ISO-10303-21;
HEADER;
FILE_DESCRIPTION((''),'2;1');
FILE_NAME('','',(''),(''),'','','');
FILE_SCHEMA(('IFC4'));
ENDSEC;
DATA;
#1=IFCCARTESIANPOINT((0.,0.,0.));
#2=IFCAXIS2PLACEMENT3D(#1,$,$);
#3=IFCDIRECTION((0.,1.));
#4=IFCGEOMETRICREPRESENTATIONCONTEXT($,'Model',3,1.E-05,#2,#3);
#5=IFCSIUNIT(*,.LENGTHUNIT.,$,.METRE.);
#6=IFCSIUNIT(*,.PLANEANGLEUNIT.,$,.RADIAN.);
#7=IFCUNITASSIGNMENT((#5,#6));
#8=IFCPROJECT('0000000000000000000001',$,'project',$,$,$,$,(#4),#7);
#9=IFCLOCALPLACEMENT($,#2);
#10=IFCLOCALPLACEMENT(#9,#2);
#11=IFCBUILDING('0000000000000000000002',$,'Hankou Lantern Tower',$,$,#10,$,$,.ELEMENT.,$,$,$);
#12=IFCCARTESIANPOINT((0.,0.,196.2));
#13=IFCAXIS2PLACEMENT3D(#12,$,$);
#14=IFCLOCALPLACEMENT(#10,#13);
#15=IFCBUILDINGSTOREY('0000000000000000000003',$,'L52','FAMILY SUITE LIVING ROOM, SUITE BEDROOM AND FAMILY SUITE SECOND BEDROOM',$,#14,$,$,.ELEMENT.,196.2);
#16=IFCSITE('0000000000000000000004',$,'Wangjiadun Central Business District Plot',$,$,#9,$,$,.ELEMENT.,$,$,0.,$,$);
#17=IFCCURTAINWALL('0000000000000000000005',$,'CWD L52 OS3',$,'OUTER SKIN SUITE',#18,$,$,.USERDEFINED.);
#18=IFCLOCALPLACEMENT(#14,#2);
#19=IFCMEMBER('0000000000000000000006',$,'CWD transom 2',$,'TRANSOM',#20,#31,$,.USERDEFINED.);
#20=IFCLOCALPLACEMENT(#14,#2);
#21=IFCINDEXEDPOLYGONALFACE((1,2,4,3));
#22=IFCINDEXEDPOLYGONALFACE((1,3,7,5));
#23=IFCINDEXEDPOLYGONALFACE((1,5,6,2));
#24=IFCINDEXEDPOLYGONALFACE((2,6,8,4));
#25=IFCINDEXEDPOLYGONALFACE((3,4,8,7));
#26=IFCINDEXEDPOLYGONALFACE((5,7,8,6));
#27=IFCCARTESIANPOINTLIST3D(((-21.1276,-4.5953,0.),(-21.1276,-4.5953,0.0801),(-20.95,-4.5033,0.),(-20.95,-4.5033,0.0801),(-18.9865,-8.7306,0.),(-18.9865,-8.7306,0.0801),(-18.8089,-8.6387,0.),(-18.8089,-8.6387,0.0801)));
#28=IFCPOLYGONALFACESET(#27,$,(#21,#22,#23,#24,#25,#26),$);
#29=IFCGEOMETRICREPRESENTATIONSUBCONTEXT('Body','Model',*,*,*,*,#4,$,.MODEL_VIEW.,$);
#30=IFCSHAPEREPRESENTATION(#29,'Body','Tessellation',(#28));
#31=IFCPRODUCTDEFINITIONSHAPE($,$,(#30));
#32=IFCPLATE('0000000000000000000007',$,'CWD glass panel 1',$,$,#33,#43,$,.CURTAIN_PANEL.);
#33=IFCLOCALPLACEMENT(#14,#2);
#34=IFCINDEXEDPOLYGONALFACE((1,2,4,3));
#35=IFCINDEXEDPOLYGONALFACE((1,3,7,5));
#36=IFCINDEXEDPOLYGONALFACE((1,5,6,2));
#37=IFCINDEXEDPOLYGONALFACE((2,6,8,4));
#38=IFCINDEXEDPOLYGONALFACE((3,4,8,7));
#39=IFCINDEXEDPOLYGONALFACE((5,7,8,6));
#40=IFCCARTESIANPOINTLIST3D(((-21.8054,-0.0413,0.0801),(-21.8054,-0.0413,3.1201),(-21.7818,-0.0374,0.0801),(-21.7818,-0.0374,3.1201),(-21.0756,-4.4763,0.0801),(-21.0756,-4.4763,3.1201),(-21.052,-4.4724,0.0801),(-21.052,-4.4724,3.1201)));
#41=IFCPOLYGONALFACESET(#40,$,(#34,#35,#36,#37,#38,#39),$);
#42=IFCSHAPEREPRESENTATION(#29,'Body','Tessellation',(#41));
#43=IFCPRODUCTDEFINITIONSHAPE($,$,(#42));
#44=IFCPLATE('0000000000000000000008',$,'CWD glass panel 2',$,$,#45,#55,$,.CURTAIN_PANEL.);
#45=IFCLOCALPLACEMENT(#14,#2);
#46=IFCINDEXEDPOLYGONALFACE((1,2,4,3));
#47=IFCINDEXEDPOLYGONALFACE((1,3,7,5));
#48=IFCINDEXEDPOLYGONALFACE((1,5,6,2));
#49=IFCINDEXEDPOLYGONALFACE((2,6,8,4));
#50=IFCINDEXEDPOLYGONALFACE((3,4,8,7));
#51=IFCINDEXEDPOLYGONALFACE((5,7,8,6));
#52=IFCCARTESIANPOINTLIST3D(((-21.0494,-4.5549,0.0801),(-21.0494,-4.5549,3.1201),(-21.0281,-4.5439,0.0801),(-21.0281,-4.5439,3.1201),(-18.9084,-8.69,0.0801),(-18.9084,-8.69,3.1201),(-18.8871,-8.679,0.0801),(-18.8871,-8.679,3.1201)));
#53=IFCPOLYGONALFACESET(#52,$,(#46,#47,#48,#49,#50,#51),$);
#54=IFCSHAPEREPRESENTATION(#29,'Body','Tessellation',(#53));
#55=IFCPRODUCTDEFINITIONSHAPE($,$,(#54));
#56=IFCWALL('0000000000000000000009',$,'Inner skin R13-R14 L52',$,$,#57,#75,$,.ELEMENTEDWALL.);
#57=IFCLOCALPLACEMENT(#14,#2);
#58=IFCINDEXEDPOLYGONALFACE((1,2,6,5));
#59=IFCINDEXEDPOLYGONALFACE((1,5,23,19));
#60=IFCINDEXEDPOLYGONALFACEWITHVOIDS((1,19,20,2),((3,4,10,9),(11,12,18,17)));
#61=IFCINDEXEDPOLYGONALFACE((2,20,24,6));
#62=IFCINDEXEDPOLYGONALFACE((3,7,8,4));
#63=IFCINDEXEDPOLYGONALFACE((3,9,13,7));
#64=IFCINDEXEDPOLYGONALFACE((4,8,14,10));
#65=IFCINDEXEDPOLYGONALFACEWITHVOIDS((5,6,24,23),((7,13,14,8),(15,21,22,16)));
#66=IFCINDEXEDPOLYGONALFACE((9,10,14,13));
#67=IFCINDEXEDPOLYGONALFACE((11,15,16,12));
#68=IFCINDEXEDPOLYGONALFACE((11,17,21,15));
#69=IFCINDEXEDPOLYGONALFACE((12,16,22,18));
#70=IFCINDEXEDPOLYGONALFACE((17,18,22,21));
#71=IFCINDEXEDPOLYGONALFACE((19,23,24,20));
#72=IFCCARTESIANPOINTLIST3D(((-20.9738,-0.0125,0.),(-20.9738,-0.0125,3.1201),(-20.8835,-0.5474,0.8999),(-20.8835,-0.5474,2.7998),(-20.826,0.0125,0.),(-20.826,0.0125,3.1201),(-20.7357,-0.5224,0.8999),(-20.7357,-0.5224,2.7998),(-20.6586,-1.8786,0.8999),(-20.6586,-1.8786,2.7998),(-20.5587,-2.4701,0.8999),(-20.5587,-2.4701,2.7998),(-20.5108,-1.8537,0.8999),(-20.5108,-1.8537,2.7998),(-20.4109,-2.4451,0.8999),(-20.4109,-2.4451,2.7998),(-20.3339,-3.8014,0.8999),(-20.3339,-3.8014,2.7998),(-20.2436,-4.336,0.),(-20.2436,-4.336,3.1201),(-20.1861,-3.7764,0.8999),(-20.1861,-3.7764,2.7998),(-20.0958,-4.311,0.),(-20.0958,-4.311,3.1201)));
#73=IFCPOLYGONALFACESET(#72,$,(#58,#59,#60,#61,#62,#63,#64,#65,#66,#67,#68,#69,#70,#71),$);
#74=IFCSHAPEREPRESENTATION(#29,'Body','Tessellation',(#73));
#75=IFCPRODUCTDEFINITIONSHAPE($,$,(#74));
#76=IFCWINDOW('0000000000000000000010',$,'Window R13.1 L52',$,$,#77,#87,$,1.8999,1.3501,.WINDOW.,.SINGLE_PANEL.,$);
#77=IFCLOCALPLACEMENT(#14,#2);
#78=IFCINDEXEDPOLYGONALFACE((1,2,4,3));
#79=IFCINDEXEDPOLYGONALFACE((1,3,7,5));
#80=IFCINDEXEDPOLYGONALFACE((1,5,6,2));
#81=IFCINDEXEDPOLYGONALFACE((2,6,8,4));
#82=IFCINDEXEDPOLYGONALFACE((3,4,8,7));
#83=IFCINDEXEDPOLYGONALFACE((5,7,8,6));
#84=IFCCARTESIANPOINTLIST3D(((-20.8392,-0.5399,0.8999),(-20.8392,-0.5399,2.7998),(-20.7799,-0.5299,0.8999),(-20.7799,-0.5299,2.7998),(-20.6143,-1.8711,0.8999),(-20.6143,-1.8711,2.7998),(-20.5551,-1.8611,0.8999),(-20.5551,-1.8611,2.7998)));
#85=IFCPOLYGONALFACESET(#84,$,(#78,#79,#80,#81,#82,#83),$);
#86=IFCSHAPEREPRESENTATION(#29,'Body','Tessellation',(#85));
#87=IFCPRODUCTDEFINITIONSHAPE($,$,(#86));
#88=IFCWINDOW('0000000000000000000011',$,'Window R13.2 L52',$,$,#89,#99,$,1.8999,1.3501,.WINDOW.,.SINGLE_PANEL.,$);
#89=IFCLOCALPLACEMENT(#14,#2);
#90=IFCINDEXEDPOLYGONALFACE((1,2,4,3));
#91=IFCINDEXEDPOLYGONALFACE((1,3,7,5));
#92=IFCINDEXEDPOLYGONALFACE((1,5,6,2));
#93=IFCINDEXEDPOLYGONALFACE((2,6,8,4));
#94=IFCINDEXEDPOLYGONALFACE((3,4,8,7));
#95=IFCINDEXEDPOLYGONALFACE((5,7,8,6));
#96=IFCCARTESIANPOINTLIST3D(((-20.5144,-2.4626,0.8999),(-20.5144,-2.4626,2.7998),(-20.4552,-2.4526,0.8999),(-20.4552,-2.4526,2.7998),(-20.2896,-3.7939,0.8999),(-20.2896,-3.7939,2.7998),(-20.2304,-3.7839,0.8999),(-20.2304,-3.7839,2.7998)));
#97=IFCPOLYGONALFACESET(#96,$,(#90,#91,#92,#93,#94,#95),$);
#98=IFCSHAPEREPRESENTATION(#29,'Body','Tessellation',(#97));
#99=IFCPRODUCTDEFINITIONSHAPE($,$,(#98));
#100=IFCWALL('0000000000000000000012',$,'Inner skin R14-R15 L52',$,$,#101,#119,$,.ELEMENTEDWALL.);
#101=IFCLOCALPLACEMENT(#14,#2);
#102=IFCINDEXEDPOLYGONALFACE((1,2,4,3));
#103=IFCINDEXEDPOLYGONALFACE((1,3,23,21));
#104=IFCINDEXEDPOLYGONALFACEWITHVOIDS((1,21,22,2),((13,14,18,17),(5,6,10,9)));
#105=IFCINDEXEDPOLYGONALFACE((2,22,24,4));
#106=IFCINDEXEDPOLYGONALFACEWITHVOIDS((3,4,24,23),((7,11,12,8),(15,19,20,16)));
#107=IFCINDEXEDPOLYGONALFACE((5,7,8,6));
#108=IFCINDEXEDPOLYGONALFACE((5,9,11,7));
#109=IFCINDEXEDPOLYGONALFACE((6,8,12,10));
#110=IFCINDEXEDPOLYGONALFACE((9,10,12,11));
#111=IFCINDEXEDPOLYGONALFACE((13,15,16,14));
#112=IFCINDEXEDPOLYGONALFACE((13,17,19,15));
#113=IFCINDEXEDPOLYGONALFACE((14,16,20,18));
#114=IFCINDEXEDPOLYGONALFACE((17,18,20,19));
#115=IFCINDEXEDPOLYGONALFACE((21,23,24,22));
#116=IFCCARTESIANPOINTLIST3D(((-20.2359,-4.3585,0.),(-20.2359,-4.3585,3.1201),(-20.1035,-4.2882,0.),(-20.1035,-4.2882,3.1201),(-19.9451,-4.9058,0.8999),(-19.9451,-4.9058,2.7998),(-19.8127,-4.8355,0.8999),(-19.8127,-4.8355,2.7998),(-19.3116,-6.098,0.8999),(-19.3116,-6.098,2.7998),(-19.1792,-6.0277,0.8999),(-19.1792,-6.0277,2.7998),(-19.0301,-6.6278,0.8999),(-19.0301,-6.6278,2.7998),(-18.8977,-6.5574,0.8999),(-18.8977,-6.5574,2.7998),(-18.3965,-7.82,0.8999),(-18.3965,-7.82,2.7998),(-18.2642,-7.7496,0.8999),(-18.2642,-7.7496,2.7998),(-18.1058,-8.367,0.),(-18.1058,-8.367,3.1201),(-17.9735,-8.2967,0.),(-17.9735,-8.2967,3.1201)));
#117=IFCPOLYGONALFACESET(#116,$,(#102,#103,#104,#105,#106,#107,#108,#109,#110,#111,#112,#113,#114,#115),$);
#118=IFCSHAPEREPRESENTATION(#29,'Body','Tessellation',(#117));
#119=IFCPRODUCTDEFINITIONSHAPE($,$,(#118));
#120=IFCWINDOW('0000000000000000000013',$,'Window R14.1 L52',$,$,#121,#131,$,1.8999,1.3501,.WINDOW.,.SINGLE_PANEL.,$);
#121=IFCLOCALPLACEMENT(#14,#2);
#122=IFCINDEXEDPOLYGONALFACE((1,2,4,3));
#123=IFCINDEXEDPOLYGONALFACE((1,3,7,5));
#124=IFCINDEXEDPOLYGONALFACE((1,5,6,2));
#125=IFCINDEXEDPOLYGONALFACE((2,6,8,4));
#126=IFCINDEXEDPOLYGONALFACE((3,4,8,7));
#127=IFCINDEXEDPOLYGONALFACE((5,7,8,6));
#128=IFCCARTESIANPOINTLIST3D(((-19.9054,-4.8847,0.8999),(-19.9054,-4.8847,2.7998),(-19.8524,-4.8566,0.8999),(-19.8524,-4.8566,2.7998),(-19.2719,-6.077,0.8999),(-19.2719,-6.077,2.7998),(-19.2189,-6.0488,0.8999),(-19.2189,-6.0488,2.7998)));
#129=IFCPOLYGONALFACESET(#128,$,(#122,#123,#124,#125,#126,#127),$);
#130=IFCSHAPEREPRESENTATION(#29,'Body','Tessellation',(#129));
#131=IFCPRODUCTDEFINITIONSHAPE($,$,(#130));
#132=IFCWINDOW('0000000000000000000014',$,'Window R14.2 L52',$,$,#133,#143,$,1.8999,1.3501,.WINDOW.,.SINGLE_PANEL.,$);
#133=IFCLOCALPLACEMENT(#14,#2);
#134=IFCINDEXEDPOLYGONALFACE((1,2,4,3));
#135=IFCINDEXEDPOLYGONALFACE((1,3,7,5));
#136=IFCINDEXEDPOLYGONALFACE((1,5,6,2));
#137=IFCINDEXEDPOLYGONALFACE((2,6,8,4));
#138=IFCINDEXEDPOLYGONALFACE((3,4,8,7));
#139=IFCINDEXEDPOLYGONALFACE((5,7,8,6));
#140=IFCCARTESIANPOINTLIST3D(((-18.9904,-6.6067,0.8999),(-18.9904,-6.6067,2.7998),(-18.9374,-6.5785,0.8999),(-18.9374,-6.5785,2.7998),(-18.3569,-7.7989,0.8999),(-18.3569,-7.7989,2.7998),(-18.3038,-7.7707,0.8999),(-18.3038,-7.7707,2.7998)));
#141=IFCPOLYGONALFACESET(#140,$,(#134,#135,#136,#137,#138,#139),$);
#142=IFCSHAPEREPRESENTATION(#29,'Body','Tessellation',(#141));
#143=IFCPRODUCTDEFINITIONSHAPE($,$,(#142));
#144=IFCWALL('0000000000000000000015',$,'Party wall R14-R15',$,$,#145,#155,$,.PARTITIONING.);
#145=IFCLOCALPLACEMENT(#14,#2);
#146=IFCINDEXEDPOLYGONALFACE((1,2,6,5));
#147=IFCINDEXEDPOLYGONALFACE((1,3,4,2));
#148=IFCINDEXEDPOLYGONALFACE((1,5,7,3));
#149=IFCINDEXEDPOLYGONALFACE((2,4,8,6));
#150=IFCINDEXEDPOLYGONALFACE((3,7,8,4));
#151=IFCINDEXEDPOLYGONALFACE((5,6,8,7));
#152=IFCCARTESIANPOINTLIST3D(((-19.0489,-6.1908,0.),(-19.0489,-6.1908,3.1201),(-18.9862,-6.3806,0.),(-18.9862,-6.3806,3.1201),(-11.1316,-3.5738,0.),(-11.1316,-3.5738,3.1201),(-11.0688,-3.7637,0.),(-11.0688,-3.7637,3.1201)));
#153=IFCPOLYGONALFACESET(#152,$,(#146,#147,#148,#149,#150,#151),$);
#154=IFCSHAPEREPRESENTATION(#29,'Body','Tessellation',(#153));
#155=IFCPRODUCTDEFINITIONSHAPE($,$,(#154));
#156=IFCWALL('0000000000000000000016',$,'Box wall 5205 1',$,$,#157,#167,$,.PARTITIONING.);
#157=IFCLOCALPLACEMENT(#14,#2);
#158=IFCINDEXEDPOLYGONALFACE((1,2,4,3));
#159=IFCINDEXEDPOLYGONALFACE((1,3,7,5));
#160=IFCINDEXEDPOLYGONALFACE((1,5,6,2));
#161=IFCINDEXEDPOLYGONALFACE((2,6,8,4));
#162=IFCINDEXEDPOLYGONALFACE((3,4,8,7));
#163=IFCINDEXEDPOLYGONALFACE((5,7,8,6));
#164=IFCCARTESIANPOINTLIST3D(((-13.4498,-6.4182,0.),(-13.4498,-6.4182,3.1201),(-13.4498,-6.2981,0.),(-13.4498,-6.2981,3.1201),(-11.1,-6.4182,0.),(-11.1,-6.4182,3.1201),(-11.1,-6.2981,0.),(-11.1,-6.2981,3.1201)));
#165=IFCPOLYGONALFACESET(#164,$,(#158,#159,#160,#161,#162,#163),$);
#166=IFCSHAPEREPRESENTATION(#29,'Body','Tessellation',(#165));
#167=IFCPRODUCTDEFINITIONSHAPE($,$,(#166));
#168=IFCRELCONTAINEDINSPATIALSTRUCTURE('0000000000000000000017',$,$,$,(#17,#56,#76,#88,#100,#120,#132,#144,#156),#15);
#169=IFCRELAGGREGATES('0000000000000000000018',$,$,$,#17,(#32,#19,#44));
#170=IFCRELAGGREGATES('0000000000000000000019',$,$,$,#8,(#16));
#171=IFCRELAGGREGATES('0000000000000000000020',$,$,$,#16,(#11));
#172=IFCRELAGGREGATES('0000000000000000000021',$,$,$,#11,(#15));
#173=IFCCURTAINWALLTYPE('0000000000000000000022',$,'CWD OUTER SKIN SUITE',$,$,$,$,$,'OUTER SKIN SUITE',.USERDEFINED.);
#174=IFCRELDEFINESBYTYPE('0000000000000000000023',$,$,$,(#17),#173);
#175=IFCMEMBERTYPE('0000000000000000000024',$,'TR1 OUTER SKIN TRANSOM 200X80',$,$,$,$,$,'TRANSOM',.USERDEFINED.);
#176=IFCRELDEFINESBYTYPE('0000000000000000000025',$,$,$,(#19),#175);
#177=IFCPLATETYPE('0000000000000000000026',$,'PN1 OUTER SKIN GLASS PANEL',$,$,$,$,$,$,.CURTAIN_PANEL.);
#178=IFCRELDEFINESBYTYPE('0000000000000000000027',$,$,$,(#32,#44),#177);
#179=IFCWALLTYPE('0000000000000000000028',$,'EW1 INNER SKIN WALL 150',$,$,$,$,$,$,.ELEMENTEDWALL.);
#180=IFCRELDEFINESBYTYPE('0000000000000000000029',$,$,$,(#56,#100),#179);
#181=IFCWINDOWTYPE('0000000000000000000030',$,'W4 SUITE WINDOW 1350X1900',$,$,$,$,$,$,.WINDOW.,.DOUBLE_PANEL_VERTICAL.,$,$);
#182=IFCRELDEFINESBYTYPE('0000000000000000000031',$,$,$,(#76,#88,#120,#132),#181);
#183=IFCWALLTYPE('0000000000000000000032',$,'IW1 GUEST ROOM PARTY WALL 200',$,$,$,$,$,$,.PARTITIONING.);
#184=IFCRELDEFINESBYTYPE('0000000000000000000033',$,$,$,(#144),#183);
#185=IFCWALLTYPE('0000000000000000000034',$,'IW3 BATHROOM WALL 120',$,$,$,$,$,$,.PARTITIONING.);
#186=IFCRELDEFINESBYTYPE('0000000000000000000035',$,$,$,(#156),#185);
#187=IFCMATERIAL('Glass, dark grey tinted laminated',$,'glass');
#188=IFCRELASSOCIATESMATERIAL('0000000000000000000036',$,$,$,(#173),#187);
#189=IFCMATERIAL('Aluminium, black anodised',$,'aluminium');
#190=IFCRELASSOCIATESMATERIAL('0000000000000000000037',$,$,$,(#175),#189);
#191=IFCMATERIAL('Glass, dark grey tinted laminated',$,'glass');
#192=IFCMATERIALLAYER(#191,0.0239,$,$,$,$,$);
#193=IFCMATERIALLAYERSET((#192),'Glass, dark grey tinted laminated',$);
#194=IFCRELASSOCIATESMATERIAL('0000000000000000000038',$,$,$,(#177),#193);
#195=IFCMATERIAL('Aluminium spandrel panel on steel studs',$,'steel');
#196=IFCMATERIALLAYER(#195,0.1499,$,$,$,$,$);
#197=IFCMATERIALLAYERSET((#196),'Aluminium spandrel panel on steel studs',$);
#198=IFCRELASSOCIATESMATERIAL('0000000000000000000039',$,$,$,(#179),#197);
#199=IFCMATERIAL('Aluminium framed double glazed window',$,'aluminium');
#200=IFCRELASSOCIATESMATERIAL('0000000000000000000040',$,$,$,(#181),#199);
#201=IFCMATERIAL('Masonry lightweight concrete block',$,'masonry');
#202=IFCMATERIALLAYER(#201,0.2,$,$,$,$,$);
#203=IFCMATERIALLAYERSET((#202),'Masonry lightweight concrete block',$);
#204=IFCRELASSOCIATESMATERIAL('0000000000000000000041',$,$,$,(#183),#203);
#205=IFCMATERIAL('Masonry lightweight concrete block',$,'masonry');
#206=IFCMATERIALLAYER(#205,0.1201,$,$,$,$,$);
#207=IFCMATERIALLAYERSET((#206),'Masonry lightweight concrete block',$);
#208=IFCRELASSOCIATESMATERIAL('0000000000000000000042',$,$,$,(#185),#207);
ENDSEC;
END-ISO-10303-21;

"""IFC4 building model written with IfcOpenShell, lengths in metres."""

from ifc_helpers import new_model, si_unit, direction, frame, frame_2d, origin, origin_2d, place, context, subcontext, project, spatial, rectangle, extrude, material, layer, layer_set, material_profile, profile_set, type_object, element, fill, aggregate, save


model = new_model("IFC4")

# Units and contexts
model_context = context("Model", 3, precision=1e-05, world=origin(), true_north=direction((0.0, 1.0)))
body_context = subcontext(model_context, "Body", "Model", "MODEL_VIEW")
ifc_project = project(units=[si_unit("LENGTHUNIT", "METRE"), si_unit("PLANEANGLEUNIT", "RADIAN")], contexts=[model_context])

# Site, building, storey
site_placement = place(None, origin())
site = spatial("IfcSite", under=ifc_project, at=site_placement, Name="Wangjiadun Central Business District Plot", CompositionType="ELEMENT", RefElevation=0.0)
building_placement = place(site_placement, origin())
building = spatial("IfcBuilding", under=site, at=building_placement, Name="Hankou Lantern Tower", CompositionType="ELEMENT")
storey_placement = place(building_placement, frame((0.0, 0.0, 196.2)))
storey = spatial("IfcBuildingStorey", under=building, at=storey_placement, Name="L52", Description="FAMILY SUITE LIVING ROOM, SUITE BEDROOM AND FAMILY SUITE SECOND BEDROOM", CompositionType="ELEMENT", Elevation=196.2)

# Curtain wall
ifc_material_1 = material(Name="Glass, dark grey tinted laminated", Category="glass")
curtain_wall_type = type_object("IfcCurtainWallType", Name="CWD OUTER SKIN SUITE", ElementType="OUTER SKIN SUITE", PredefinedType="USERDEFINED", material=ifc_material_1)
curtain_wall_placement = place(storey_placement, origin())
curtain_wall = element("IfcCurtainWall", 1, at=curtain_wall_placement, inside=storey, type_object=curtain_wall_type, Name="CWD L52 OS3", ObjectType="OUTER SKIN SUITE", PredefinedType="USERDEFINED")

# Member
ifc_material_2 = material(Name="Aluminium, black anodised", Category="aluminium")
ifc_material_profile_1 = material_profile(ifc_material_2, rectangle(XDim=0.2, YDim=0.0801, at=origin_2d()), Name="TR1 200X80")
ifc_profile_set_1 = profile_set([ifc_material_profile_1], Name="Aluminium, black anodised")
member_type_1 = type_object("IfcMemberType", Name="TR1 OUTER SKIN TRANSOM 200X80", ElementType="TRANSOM", PredefinedType="USERDEFINED", material=ifc_profile_set_1)
member_1_placement = place(storey_placement, frame((-21.0388, -4.5493, 0.04), z_axis=(0.459794, -0.888026, 0.0), x_axis=(0.888026, 0.459794, 0.0)))
member_1 = element("IfcMember", 2, at=member_1_placement, type_object=member_type_1, Name="CWD transom 2", ObjectType="TRANSOM", PredefinedType="USERDEFINED", context=body_context, shape_type="SweptSolid", body=[
    extrude(rectangle(XDim=0.2, YDim=0.0801, at=origin_2d()), origin(), (0.0, 0.0, 1.0), 4.6567),
])

# Plates
ifc_material_3 = material(Name="Glass, dark grey tinted laminated", Category="glass")
ifc_layer_1 = layer(ifc_material_3, 0.0239)
ifc_layer_set_1 = layer_set([ifc_layer_1], Name="Glass, dark grey tinted laminated")
plate_type = type_object("IfcPlateType", Name="PN1 OUTER SKIN GLASS PANEL", PredefinedType="CURTAIN_PANEL", material=ifc_layer_set_1)
plate_1_placement = place(storey_placement, frame((-21.4287, -2.2568, 0.0801), z_axis=(0.0, 0.0, 1.0), x_axis=(0.162382, -0.986728, 0.0)))
plate_1 = element("IfcPlate", 3, at=plate_1_placement, type_object=plate_type, Name="CWD glass panel 1", PredefinedType="CURTAIN_PANEL", context=body_context, shape_type="SweptSolid", body=[
    extrude(rectangle(XDim=4.4946, YDim=0.0239, at=origin_2d()), origin(), (0.0, 0.0, 1.0), 3.04),
])
plate_2_placement = place(storey_placement, frame((-19.9683, -6.6169, 0.0801), z_axis=(0.0, 0.0, 1.0), x_axis=(0.459791, -0.888027, 0.0)))
plate_2 = element("IfcPlate", 4, at=plate_2_placement, type_object=plate_type, Name="CWD glass panel 2", PredefinedType="CURTAIN_PANEL", context=body_context, shape_type="SweptSolid", body=[
    extrude(rectangle(XDim=4.6565, YDim=0.0239, at=origin_2d()), origin(), (0.0, 0.0, 1.0), 3.04),
])
aggregate(curtain_wall, [plate_1, member_1, plate_2])

# Walls, openings, windows
ifc_material_4 = material(Name="Aluminium spandrel panel on steel studs", Category="steel")
ifc_layer_2 = layer(ifc_material_4, 0.1499)
ifc_layer_set_2 = layer_set([ifc_layer_2], Name="Aluminium spandrel panel on steel studs")
wall_type_1 = type_object("IfcWallType", Name="EW1 INNER SKIN WALL 150", PredefinedType="ELEMENTEDWALL", material=ifc_layer_set_2)
wall_1_placement = place(storey_placement, frame((-20.8999, 0.0, 0.0), z_axis=(0.0, 0.0, 1.0), x_axis=(0.166539, -0.986035, 0.0)))
wall_1 = element("IfcWall", 5, at=wall_1_placement, inside=storey, type_object=wall_type_1, Name="Inner skin R13-R14 L52", PredefinedType="ELEMENTEDWALL", context=body_context, shape_type="SweptSolid", body=[
    extrude(rectangle(XDim=4.3848, YDim=0.1499, at=frame_2d((2.1924, 0.0))), origin(), (0.0, 0.0, 1.0), 3.1201),
])
opening_1_placement = place(wall_1_placement, frame((0.5425, 0.0, 0.8999)))
opening_1 = element("IfcOpeningElement", 6, at=opening_1_placement, cuts=wall_1, PredefinedType="OPENING", context=body_context, shape_type="SweptSolid", body=[
    extrude(rectangle(XDim=1.3501, YDim=1.8999, at=frame_2d((0.675, 0.95))), frame((0.0, 0.085, 0.0), z_axis=(0.0, -1.0, 0.0), x_axis=(1.0, 0.0, 0.0)), (0.0, 0.0, 1.0), 0.1699),
])
opening_2_placement = place(wall_1_placement, frame((2.4924, 0.0, 0.8999)))
opening_2 = element("IfcOpeningElement", 7, at=opening_2_placement, cuts=wall_1, PredefinedType="OPENING", context=body_context, shape_type="SweptSolid", body=[
    extrude(rectangle(XDim=1.3501, YDim=1.8999, at=frame_2d((0.675, 0.95))), frame((0.0, 0.085, 0.0), z_axis=(0.0, -1.0, 0.0), x_axis=(1.0, 0.0, 0.0)), (0.0, 0.0, 1.0), 0.1699),
])
ifc_material_5 = material(Name="Aluminium framed double glazed window", Category="aluminium")
window_type = type_object("IfcWindowType", Name="W4 SUITE WINDOW 1350X1900", PartitioningType="DOUBLE_PANEL_VERTICAL", PredefinedType="WINDOW", material=ifc_material_5)
window_1_placement = place(opening_1_placement, origin())
window_1 = element("IfcWindow", 8, at=window_1_placement, inside=storey, type_object=window_type, Name="Window R13.1 L52", OverallHeight=1.8999, OverallWidth=1.3501, PartitioningType="SINGLE_PANEL", PredefinedType="WINDOW", context=body_context, shape_type="SweptSolid", body=[
    extrude(rectangle(XDim=1.3501, YDim=1.8999, at=frame_2d((0.675, 0.95))), frame((0.0, 0.03, 0.0), z_axis=(0.0, -1.0, 0.0), x_axis=(1.0, 0.0, 0.0)), (0.0, 0.0, 1.0), 0.0601),
])
fill(opening_1, window_1)
window_2_placement = place(opening_2_placement, origin())
window_2 = element("IfcWindow", 9, at=window_2_placement, inside=storey, type_object=window_type, Name="Window R13.2 L52", OverallHeight=1.8999, OverallWidth=1.3501, PartitioningType="SINGLE_PANEL", PredefinedType="WINDOW", context=body_context, shape_type="SweptSolid", body=[
    extrude(rectangle(XDim=1.3501, YDim=1.8999, at=frame_2d((0.675, 0.95))), frame((0.0, 0.03, 0.0), z_axis=(0.0, -1.0, 0.0), x_axis=(1.0, 0.0, 0.0)), (0.0, 0.0, 1.0), 0.0601),
])
fill(opening_2, window_2)
wall_2_placement = place(storey_placement, frame((-20.1697, -4.3235, 0.0), z_axis=(0.0, 0.0, 1.0), x_axis=(0.469256, -0.883062, 0.0)))
wall_2 = element("IfcWall", 10, at=wall_2_placement, inside=storey, type_object=wall_type_1, Name="Inner skin R14-R15 L52", PredefinedType="ELEMENTEDWALL", context=body_context, shape_type="SweptSolid", body=[
    extrude(rectangle(XDim=4.5393, YDim=0.1499, at=frame_2d((2.2695, 0.0))), origin(), (0.0, 0.0, 1.0), 3.1201),
])
opening_3_placement = place(wall_2_placement, frame((0.6196, 0.0, 0.8999)))
opening_3 = element("IfcOpeningElement", 11, at=opening_3_placement, cuts=wall_2, PredefinedType="OPENING", context=body_context, shape_type="SweptSolid", body=[
    extrude(rectangle(XDim=1.3501, YDim=1.8999, at=frame_2d((0.675, 0.95))), frame((0.0, 0.085, 0.0), z_axis=(0.0, -1.0, 0.0), x_axis=(1.0, 0.0, 0.0)), (0.0, 0.0, 1.0), 0.1699),
])
opening_4_placement = place(wall_2_placement, frame((2.5696, 0.0, 0.8999)))
opening_4 = element("IfcOpeningElement", 12, at=opening_4_placement, cuts=wall_2, PredefinedType="OPENING", context=body_context, shape_type="SweptSolid", body=[
    extrude(rectangle(XDim=1.3501, YDim=1.8999, at=frame_2d((0.675, 0.95))), frame((0.0, 0.085, 0.0), z_axis=(0.0, -1.0, 0.0), x_axis=(1.0, 0.0, 0.0)), (0.0, 0.0, 1.0), 0.1699),
])
window_3_placement = place(opening_3_placement, origin())
window_3 = element("IfcWindow", 13, at=window_3_placement, inside=storey, type_object=window_type, Name="Window R14.1 L52", OverallHeight=1.8999, OverallWidth=1.3501, PartitioningType="SINGLE_PANEL", PredefinedType="WINDOW", context=body_context, shape_type="SweptSolid", body=[
    extrude(rectangle(XDim=1.3501, YDim=1.8999, at=frame_2d((0.675, 0.95))), frame((0.0, 0.03, 0.0), z_axis=(0.0, -1.0, 0.0), x_axis=(1.0, 0.0, 0.0)), (0.0, 0.0, 1.0), 0.0601),
])
fill(opening_3, window_3)
window_4_placement = place(opening_4_placement, origin())
window_4 = element("IfcWindow", 14, at=window_4_placement, inside=storey, type_object=window_type, Name="Window R14.2 L52", OverallHeight=1.8999, OverallWidth=1.3501, PartitioningType="SINGLE_PANEL", PredefinedType="WINDOW", context=body_context, shape_type="SweptSolid", body=[
    extrude(rectangle(XDim=1.3501, YDim=1.8999, at=frame_2d((0.675, 0.95))), frame((0.0, 0.03, 0.0), z_axis=(0.0, -1.0, 0.0), x_axis=(1.0, 0.0, 0.0)), (0.0, 0.0, 1.0), 0.0601),
])
fill(opening_4, window_4)

# Walls
ifc_material_6 = material(Name="Masonry lightweight concrete block", Category="masonry")
ifc_layer_3 = layer(ifc_material_6, 0.2)
ifc_layer_set_3 = layer_set([ifc_layer_3], Name="Masonry lightweight concrete block")
wall_type_2 = type_object("IfcWallType", Name="IW1 GUEST ROOM PARTY WALL 200", PredefinedType="PARTITIONING", material=ifc_layer_set_3)
wall_3_placement = place(storey_placement, frame((-11.1001, -3.6687, 0.0), z_axis=(0.0, 0.0, 1.0), x_axis=(-0.949477, -0.313838, 0.0)))
element("IfcWall", 15, at=wall_3_placement, inside=storey, type_object=wall_type_2, Name="Party wall R14-R15", PredefinedType="PARTITIONING", context=body_context, shape_type="SweptSolid", body=[
    extrude(rectangle(XDim=8.3386, YDim=0.2, at=frame_2d((4.1694, 0.0))), origin(), (0.0, 0.0, 1.0), 3.1201),
])
ifc_material_7 = material(Name="Masonry lightweight concrete block", Category="masonry")
ifc_layer_4 = layer(ifc_material_7, 0.1201)
ifc_layer_set_4 = layer_set([ifc_layer_4], Name="Masonry lightweight concrete block")
wall_type_3 = type_object("IfcWallType", Name="IW3 BATHROOM WALL 120", PredefinedType="PARTITIONING", material=ifc_layer_set_4)
wall_4_placement = place(storey_placement, frame((-11.1001, -6.3582, 0.0), z_axis=(0.0, 0.0, 1.0), x_axis=(-1.0, 0.0, 0.0)))
element("IfcWall", 16, at=wall_4_placement, inside=storey, type_object=wall_type_3, Name="Box wall 5205 1", PredefinedType="PARTITIONING", context=body_context, shape_type="SweptSolid", body=[
    extrude(rectangle(XDim=2.3499, YDim=0.1201, at=frame_2d((1.1748, 0.0))), origin(), (0.0, 0.0, 1.0), 3.1201),
])

save(model, "model.ifc")
